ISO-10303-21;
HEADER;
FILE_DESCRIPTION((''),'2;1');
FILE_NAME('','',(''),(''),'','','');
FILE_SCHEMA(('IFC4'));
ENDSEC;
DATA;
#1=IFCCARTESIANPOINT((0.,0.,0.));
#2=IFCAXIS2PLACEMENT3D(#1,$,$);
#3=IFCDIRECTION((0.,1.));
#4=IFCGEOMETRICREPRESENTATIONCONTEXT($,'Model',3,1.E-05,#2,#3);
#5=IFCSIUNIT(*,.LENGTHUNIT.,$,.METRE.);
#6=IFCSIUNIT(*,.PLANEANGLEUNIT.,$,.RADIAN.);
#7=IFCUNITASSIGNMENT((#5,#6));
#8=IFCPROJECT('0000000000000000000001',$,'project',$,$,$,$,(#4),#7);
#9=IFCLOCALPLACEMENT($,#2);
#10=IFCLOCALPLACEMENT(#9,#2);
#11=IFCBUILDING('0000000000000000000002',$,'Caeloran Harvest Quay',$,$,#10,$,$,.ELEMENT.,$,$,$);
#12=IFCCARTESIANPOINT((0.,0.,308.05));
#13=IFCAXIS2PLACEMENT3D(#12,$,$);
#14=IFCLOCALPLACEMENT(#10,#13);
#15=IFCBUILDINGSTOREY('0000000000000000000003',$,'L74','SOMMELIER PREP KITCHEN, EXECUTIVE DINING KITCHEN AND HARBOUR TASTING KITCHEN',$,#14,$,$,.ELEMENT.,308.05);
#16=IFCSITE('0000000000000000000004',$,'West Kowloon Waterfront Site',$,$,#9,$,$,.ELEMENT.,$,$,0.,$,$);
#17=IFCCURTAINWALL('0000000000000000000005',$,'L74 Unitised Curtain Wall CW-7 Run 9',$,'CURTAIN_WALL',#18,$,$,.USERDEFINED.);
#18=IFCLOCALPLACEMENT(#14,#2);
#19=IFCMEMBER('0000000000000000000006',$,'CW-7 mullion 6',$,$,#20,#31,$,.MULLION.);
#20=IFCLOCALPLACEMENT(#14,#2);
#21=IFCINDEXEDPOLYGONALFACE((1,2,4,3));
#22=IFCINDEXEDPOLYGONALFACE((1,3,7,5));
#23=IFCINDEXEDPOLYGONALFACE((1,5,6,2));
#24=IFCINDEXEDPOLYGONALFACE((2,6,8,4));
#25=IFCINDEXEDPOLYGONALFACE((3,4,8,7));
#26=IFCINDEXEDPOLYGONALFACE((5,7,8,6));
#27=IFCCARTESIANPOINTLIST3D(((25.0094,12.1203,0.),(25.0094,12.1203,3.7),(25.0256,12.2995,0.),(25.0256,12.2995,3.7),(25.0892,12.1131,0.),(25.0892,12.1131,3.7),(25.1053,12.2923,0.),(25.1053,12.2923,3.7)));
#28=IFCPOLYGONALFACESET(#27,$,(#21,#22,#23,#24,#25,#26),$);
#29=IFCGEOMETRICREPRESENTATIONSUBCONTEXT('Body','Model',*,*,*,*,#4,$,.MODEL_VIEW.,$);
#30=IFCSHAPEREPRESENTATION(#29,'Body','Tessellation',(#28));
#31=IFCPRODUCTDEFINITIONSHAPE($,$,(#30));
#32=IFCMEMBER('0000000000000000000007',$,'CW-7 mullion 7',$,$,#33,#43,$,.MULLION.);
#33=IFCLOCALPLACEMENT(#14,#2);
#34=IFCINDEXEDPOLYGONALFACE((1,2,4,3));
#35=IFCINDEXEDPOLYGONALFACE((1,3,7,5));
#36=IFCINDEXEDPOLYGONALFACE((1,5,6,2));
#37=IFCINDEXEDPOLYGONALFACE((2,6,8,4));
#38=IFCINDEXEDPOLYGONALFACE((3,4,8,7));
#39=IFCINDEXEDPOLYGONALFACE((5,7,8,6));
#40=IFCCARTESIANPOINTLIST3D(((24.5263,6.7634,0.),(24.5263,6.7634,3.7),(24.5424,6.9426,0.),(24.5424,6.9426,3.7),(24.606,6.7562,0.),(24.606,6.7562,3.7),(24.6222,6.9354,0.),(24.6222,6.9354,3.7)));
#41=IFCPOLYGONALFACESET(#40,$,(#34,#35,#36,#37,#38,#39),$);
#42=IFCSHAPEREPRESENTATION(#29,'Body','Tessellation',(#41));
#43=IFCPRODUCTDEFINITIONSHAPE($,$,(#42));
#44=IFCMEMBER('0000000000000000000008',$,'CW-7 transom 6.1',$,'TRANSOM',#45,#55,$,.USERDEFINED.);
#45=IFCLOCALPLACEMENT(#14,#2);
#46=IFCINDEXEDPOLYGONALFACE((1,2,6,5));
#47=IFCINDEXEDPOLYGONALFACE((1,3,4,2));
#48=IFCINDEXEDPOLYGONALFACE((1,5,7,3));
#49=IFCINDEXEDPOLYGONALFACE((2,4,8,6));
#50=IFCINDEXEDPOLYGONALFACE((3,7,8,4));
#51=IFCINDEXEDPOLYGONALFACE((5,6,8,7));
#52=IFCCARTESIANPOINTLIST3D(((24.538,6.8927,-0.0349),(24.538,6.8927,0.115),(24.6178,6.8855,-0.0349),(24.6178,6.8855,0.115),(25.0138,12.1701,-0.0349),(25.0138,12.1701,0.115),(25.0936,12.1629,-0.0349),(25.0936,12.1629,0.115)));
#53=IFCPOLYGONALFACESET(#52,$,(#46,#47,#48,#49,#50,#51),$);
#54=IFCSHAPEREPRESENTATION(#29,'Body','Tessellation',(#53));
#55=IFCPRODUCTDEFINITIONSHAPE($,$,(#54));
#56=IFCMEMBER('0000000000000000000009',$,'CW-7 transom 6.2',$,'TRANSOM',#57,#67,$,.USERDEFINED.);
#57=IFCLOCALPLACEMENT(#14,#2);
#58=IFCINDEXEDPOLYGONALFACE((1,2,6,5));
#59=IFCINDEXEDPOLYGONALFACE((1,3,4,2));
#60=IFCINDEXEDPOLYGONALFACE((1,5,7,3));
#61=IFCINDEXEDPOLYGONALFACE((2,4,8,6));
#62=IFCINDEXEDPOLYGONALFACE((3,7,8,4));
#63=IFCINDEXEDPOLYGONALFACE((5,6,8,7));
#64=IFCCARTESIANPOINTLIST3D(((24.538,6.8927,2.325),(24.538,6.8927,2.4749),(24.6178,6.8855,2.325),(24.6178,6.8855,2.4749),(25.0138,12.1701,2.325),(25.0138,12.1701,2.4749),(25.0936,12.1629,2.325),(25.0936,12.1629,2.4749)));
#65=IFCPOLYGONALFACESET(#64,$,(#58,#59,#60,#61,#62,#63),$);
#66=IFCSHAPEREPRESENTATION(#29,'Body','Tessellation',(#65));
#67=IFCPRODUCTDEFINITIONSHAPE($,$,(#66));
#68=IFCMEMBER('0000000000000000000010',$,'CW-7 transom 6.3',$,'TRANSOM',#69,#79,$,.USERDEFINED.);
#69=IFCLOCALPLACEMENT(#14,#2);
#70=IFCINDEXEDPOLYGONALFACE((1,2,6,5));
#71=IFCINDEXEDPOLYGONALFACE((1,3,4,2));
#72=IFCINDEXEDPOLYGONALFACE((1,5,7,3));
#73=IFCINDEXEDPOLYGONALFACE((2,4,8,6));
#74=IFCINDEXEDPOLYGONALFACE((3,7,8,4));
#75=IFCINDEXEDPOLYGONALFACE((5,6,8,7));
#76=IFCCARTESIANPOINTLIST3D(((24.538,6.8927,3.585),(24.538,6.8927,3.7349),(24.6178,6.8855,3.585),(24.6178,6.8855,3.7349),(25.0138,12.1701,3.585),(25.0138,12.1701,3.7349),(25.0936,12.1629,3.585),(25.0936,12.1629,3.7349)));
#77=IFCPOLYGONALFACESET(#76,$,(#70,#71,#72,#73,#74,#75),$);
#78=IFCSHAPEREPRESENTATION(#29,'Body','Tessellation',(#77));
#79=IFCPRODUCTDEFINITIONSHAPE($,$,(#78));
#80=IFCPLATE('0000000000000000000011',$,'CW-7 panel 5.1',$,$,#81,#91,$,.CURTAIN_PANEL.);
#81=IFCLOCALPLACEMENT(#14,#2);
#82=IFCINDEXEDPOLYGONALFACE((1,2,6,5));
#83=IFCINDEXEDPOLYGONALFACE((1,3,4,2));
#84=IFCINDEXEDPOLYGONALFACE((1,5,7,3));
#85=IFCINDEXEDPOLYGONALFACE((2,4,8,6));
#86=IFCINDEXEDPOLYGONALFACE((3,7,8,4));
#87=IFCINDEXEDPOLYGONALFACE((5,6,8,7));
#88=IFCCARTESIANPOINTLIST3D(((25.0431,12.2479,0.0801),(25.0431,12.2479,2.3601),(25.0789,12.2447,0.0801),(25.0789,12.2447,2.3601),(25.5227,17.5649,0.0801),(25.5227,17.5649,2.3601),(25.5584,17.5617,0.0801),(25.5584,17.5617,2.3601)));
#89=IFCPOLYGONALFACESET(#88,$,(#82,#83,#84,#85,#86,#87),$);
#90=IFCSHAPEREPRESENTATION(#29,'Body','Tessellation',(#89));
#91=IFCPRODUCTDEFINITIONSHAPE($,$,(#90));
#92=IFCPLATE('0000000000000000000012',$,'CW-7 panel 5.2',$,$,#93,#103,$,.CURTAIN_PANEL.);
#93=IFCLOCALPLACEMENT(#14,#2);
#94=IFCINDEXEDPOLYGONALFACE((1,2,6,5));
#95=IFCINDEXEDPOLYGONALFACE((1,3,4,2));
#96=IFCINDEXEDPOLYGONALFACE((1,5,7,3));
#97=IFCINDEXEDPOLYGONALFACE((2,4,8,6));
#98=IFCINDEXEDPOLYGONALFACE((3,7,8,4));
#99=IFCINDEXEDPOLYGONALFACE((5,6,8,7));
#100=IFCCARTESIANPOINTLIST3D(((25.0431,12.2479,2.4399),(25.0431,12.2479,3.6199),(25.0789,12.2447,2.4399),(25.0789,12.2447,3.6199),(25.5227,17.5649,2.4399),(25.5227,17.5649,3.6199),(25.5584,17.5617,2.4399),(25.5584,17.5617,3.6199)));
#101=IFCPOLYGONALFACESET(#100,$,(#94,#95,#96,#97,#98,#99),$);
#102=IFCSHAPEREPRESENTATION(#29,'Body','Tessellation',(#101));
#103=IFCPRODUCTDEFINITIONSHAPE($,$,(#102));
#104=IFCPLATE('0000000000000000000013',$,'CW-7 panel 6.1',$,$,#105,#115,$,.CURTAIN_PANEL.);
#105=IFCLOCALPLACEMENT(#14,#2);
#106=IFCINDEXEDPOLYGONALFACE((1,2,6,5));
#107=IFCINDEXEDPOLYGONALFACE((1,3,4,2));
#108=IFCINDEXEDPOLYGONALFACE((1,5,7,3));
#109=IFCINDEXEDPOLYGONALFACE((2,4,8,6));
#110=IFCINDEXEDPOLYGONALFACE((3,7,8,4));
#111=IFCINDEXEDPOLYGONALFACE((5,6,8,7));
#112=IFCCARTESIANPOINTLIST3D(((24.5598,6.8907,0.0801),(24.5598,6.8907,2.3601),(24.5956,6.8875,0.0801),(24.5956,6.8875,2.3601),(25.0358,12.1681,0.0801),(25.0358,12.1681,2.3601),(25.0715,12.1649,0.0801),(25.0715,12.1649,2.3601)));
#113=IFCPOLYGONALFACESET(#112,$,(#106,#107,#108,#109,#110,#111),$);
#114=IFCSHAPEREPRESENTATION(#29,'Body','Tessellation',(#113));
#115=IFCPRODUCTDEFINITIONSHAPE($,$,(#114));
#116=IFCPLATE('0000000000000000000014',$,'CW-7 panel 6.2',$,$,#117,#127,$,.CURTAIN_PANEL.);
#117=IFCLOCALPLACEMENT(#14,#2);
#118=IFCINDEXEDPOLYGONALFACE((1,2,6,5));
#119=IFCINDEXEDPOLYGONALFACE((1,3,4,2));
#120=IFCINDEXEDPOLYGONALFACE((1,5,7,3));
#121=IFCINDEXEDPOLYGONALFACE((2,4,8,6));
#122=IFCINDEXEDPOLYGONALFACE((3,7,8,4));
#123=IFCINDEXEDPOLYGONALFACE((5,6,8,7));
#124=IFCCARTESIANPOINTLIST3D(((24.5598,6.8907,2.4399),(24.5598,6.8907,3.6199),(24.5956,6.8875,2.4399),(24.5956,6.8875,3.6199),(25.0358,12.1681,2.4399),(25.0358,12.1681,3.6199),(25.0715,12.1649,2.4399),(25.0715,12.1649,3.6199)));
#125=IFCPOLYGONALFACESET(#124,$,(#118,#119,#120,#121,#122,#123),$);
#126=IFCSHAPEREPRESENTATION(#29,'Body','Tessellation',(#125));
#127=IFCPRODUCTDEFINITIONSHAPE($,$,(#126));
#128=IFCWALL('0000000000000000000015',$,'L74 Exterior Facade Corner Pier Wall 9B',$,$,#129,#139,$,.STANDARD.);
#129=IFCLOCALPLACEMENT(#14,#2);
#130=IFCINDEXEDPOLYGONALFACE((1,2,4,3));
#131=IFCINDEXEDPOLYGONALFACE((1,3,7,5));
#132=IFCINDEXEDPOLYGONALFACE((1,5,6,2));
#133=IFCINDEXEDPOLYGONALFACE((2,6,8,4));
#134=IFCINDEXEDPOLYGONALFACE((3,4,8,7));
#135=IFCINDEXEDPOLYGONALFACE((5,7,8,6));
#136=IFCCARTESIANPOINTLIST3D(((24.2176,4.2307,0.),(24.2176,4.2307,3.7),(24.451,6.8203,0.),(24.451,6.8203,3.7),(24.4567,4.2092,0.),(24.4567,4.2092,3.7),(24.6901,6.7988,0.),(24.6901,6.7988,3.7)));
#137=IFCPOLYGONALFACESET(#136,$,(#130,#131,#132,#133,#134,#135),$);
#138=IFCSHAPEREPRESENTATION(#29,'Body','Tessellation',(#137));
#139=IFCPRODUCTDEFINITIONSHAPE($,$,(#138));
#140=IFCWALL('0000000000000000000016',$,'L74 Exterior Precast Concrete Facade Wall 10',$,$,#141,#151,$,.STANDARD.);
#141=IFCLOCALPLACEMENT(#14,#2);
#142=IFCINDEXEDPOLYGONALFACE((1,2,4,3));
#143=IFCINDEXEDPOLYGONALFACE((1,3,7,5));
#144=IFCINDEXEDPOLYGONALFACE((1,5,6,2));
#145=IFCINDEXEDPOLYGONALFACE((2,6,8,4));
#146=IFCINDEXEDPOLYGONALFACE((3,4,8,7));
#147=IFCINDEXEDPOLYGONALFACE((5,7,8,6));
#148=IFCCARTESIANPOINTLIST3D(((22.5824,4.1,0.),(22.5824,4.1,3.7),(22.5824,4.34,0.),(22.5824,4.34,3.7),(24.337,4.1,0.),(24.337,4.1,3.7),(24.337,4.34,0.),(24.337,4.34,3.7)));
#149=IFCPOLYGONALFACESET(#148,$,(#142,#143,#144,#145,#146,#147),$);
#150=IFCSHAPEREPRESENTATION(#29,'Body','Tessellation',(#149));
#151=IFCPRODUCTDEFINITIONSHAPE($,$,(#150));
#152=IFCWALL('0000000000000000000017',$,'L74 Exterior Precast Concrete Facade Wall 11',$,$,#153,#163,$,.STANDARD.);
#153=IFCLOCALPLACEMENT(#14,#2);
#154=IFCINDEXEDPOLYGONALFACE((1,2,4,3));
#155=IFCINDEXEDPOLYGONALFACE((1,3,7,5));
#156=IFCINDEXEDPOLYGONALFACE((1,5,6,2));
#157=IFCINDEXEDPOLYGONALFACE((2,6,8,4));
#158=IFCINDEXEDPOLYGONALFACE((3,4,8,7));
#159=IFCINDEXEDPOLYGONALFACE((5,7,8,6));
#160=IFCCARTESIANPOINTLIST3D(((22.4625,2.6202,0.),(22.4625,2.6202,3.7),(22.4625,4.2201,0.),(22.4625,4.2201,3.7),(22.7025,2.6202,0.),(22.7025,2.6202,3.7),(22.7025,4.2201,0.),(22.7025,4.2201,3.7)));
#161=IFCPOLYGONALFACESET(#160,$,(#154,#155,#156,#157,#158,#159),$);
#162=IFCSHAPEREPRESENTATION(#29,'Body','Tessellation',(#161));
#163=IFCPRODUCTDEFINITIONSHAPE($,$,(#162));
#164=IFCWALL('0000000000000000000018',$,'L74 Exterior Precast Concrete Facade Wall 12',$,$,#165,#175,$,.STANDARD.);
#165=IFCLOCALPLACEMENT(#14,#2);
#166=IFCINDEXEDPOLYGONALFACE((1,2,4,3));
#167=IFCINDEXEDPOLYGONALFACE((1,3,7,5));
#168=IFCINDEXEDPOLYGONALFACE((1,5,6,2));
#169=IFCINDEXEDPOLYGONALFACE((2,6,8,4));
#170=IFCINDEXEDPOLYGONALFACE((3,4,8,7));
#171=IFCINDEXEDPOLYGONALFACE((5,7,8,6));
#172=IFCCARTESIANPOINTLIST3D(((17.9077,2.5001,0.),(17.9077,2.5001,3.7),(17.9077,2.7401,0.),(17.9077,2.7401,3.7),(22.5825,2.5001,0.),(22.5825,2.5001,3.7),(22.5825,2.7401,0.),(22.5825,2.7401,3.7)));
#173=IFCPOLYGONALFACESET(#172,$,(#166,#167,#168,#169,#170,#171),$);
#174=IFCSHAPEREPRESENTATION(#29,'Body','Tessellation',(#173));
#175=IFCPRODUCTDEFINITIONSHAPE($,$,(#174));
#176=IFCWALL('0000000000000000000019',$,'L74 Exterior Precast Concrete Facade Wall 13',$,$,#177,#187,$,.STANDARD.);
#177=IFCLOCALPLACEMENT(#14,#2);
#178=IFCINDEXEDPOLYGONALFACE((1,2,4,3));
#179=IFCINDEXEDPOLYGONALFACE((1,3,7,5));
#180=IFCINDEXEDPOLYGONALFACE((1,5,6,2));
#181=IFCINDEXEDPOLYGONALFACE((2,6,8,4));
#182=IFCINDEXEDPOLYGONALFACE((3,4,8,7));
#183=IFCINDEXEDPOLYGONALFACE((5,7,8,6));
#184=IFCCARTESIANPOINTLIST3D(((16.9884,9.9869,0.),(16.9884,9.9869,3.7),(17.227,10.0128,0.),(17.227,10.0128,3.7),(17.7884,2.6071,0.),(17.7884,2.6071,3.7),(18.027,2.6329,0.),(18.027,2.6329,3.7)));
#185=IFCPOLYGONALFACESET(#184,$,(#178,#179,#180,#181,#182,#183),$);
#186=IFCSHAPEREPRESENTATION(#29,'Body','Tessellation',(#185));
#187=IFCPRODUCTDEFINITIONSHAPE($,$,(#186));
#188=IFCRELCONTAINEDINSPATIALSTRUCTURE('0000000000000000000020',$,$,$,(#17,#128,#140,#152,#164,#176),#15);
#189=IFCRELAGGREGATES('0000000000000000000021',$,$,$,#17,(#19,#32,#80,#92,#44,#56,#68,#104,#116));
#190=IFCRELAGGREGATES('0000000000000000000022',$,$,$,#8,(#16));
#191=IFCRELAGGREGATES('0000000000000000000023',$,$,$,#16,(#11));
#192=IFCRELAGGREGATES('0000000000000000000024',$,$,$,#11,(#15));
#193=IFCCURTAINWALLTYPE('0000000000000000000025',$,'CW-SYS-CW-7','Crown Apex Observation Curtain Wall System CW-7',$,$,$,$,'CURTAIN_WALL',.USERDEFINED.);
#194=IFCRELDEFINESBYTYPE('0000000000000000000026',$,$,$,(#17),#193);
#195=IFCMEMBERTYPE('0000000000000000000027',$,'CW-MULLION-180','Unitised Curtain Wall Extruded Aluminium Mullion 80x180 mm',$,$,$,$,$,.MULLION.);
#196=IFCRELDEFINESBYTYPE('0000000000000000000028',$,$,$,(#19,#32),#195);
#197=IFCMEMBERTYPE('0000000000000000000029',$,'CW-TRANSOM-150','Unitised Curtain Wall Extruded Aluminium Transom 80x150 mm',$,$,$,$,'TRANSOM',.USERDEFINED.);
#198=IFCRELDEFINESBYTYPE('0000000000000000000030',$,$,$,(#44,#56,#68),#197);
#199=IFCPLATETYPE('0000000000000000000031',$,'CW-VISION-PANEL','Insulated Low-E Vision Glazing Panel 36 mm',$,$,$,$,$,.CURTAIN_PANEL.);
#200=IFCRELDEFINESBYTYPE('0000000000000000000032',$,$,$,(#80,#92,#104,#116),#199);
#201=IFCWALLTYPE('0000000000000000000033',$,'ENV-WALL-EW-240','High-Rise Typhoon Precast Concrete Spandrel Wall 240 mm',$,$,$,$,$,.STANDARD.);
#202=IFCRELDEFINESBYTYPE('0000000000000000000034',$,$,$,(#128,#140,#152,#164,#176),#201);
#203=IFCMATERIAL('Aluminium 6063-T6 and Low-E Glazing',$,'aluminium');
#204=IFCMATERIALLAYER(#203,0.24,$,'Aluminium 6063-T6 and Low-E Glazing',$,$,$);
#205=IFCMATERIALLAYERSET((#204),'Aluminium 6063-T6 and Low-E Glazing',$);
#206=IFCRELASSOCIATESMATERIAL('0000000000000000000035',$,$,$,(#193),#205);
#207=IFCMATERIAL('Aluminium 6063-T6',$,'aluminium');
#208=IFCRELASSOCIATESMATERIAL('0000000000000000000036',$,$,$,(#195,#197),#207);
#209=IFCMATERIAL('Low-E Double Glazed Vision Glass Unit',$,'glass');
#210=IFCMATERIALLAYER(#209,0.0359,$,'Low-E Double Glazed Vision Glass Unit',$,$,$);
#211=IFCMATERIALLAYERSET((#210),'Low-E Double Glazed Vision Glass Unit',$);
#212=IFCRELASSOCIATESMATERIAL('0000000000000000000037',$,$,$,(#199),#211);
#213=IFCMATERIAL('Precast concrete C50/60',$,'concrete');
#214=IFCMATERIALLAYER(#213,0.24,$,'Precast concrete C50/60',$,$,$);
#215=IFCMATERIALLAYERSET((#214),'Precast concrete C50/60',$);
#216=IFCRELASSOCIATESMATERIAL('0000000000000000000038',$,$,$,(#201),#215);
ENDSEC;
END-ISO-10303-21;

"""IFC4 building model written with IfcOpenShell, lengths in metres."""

from ifc_helpers import new_model, si_unit, direction, frame, frame_2d, origin, origin_2d, place, context, subcontext, project, spatial, rectangle, extrude, material, layer, layer_set, material_profile, profile_set, type_object, element, aggregate, save


model = new_model("IFC4")

# Units and contexts
model_context = context("Model", 3, precision=1e-05, world=origin(), true_north=direction((0.0, 1.0)))
body_context = subcontext(model_context, "Body", "Model", "MODEL_VIEW")
ifc_project = project(units=[si_unit("LENGTHUNIT", "METRE"), si_unit("PLANEANGLEUNIT", "RADIAN")], contexts=[model_context])

# Site, building, storey
site_placement = place(None, origin())
site = spatial("IfcSite", under=ifc_project, at=site_placement, Name="West Kowloon Waterfront Site", CompositionType="ELEMENT", RefElevation=0.0)
building_placement = place(site_placement, origin())
building = spatial("IfcBuilding", under=site, at=building_placement, Name="Caeloran Harvest Quay", CompositionType="ELEMENT")
storey_placement = place(building_placement, frame((0.0, 0.0, 308.05)))
storey = spatial("IfcBuildingStorey", under=building, at=storey_placement, Name="L74", Description="SOMMELIER PREP KITCHEN, EXECUTIVE DINING KITCHEN AND HARBOUR TASTING KITCHEN", CompositionType="ELEMENT", Elevation=308.05)

# Curtain wall, members, plates
ifc_material_1 = material(Name="Aluminium 6063-T6 and Low-E Glazing", Category="aluminium")
ifc_layer_1 = layer(ifc_material_1, 0.24, Name="Aluminium 6063-T6 and Low-E Glazing")
ifc_layer_set_1 = layer_set([ifc_layer_1], Name="Aluminium 6063-T6 and Low-E Glazing")
curtain_wall_type = type_object("IfcCurtainWallType", Name="CW-SYS-CW-7", Description="Crown Apex Observation Curtain Wall System CW-7", ElementType="CURTAIN_WALL", PredefinedType="USERDEFINED", material=ifc_layer_set_1)
curtain_wall_placement = place(storey_placement, origin())
curtain_wall = element("IfcCurtainWall", 1, at=curtain_wall_placement, inside=storey, type_object=curtain_wall_type, Name="L74 Unitised Curtain Wall CW-7 Run 9", ObjectType="CURTAIN_WALL", PredefinedType="USERDEFINED")
ifc_material_2 = material(Name="Aluminium 6063-T6", Category="aluminium")
ifc_material_profile_1 = material_profile(ifc_material_2, rectangle(XDim=0.0801, YDim=0.1799, at=origin_2d()), Name="CW-MULLION-180")
ifc_profile_set_1 = profile_set([ifc_material_profile_1], Name="Aluminium 6063-T6")
member_type_1 = type_object("IfcMemberType", Name="CW-MULLION-180", Description="Unitised Curtain Wall Extruded Aluminium Mullion 80x180 mm", PredefinedType="MULLION", material=ifc_profile_set_1)
member_1_placement = place(storey_placement, frame((25.0574, 12.2063, 0.0), z_axis=(0.0, 0.0, 1.0), x_axis=(0.995958, -0.089821, 0.0)))
member_1 = element("IfcMember", 2, at=member_1_placement, type_object=member_type_1, Name="CW-7 mullion 6", PredefinedType="MULLION", context=body_context, shape_type="SweptSolid", body=[
    extrude(rectangle(XDim=0.0801, YDim=0.1799, at=origin_2d()), origin(), (0.0, 0.0, 1.0), 3.7),
])
member_2_placement = place(storey_placement, frame((24.5742, 6.8494, 0.0), z_axis=(0.0, 0.0, 1.0), x_axis=(0.995958, -0.089821, 0.0)))
member_2 = element("IfcMember", 3, at=member_2_placement, type_object=member_type_1, Name="CW-7 mullion 7", PredefinedType="MULLION", context=body_context, shape_type="SweptSolid", body=[
    extrude(rectangle(XDim=0.0801, YDim=0.1799, at=origin_2d()), origin(), (0.0, 0.0, 1.0), 3.7),
])
ifc_material_profile_2 = material_profile(ifc_material_2, rectangle(XDim=0.0801, YDim=0.1499, at=origin_2d()), Name="CW-TRANSOM-150")
ifc_profile_set_2 = profile_set([ifc_material_profile_2], Name="Aluminium 6063-T6")
member_type_2 = type_object("IfcMemberType", Name="CW-TRANSOM-150", Description="Unitised Curtain Wall Extruded Aluminium Transom 80x150 mm", ElementType="TRANSOM", PredefinedType="USERDEFINED", material=ifc_profile_set_2)
member_3_placement = place(storey_placement, frame((25.0537, 12.1665, 0.04), z_axis=(-0.0898, -0.99596, 0.0), x_axis=(0.99596, -0.0898, 0.0)))
member_3 = element("IfcMember", 4, at=member_3_placement, type_object=member_type_2, Name="CW-7 transom 6.1", ObjectType="TRANSOM", PredefinedType="USERDEFINED", context=body_context, shape_type="SweptSolid", body=[
    extrude(rectangle(XDim=0.0801, YDim=0.1499, at=origin_2d()), origin(), (0.0, 0.0, 1.0), 5.2988),
])
member_4_placement = place(storey_placement, frame((25.0537, 12.1665, 2.3999), z_axis=(-0.0898, -0.99596, 0.0), x_axis=(0.99596, -0.0898, 0.0)))
member_4 = element("IfcMember", 5, at=member_4_placement, type_object=member_type_2, Name="CW-7 transom 6.2", ObjectType="TRANSOM", PredefinedType="USERDEFINED", context=body_context, shape_type="SweptSolid", body=[
    extrude(rectangle(XDim=0.0801, YDim=0.1499, at=origin_2d()), origin(), (0.0, 0.0, 1.0), 5.2988),
])
member_5_placement = place(storey_placement, frame((25.0537, 12.1665, 3.6599), z_axis=(-0.0898, -0.99596, 0.0), x_axis=(0.99596, -0.0898, 0.0)))
member_5 = element("IfcMember", 6, at=member_5_placement, type_object=member_type_2, Name="CW-7 transom 6.3", ObjectType="TRANSOM", PredefinedType="USERDEFINED", context=body_context, shape_type="SweptSolid", body=[
    extrude(rectangle(XDim=0.0801, YDim=0.1499, at=origin_2d()), origin(), (0.0, 0.0, 1.0), 5.2988),
])
ifc_material_3 = material(Name="Low-E Double Glazed Vision Glass Unit", Category="glass")
ifc_layer_2 = layer(ifc_material_3, 0.0359, Name="Low-E Double Glazed Vision Glass Unit")
ifc_layer_set_2 = layer_set([ifc_layer_2], Name="Low-E Double Glazed Vision Glass Unit")
plate_type = type_object("IfcPlateType", Name="CW-VISION-PANEL", Description="Insulated Low-E Vision Glazing Panel 36 mm", PredefinedType="CURTAIN_PANEL", material=ifc_layer_set_2)
plate_1_placement = place(storey_placement, frame((25.3008, 14.9048, 0.0801), z_axis=(0.0, 0.0, 1.0), x_axis=(-0.089821, -0.995958, 0.0)))
plate_1 = element("IfcPlate", 7, at=plate_1_placement, type_object=plate_type, Name="CW-7 panel 5.1", PredefinedType="CURTAIN_PANEL", context=body_context, shape_type="SweptSolid", body=[
    extrude(rectangle(XDim=5.3386, YDim=0.0359, at=origin_2d()), origin(), (0.0, 0.0, 1.0), 2.28),
])
plate_2_placement = place(storey_placement, frame((25.3008, 14.9048, 2.4399), z_axis=(0.0, 0.0, 1.0), x_axis=(-0.089821, -0.995958, 0.0)))
plate_2 = element("IfcPlate", 8, at=plate_2_placement, type_object=plate_type, Name="CW-7 panel 5.2", PredefinedType="CURTAIN_PANEL", context=body_context, shape_type="SweptSolid", body=[
    extrude(rectangle(XDim=5.3386, YDim=0.0359, at=origin_2d()), origin(), (0.0, 0.0, 1.0), 1.1799),
])
plate_3_placement = place(storey_placement, frame((24.8157, 9.5278, 0.0801), z_axis=(0.0, 0.0, 1.0), x_axis=(-0.089821, -0.995958, 0.0)))
plate_3 = element("IfcPlate", 9, at=plate_3_placement, type_object=plate_type, Name="CW-7 panel 6.1", PredefinedType="CURTAIN_PANEL", context=body_context, shape_type="SweptSolid", body=[
    extrude(rectangle(XDim=5.2988, YDim=0.0359, at=origin_2d()), origin(), (0.0, 0.0, 1.0), 2.28),
])
plate_4_placement = place(storey_placement, frame((24.8157, 9.5278, 2.4399), z_axis=(0.0, 0.0, 1.0), x_axis=(-0.089821, -0.995958, 0.0)))
plate_4 = element("IfcPlate", 10, at=plate_4_placement, type_object=plate_type, Name="CW-7 panel 6.2", PredefinedType="CURTAIN_PANEL", context=body_context, shape_type="SweptSolid", body=[
    extrude(rectangle(XDim=5.2988, YDim=0.0359, at=origin_2d()), origin(), (0.0, 0.0, 1.0), 1.1799),
])
aggregate(curtain_wall, [member_1, member_2, plate_1, plate_2, member_3, member_4, member_5, plate_3, plate_4])

# Walls
ifc_material_4 = material(Name="Precast concrete C50/60", Category="concrete")
ifc_layer_3 = layer(ifc_material_4, 0.24, Name="Precast concrete C50/60")
ifc_layer_set_3 = layer_set([ifc_layer_3], Name="Precast concrete C50/60")
wall_type_1 = type_object("IfcWallType", Name="ENV-WALL-EW-240", Description="High-Rise Typhoon Precast Concrete Spandrel Wall 240 mm", PredefinedType="STANDARD", material=ifc_layer_set_3)
wall_1_placement = place(storey_placement, frame((24.5706, 6.8096, 0.0), z_axis=(0.0, 0.0, 1.0), x_axis=(-0.089765, -0.995963, 0.0)))
element("IfcWall", 11, at=wall_1_placement, inside=storey, type_object=wall_type_1, Name="L74 Exterior Facade Corner Pier Wall 9B", PredefinedType="STANDARD", context=body_context, shape_type="SweptSolid", body=[
    extrude(rectangle(XDim=2.6001, YDim=0.24, at=frame_2d((1.3, 0.0))), origin(), (0.0, 0.0, 1.0), 3.7),
])
wall_2_placement = place(storey_placement, frame((24.3372, 4.22, 0.0), z_axis=(0.0, 0.0, 1.0), x_axis=(-1.0, 0.0, 0.0)))
element("IfcWall", 12, at=wall_2_placement, inside=storey, type_object=wall_type_1, Name="L74 Exterior Precast Concrete Facade Wall 10", PredefinedType="STANDARD", context=body_context, shape_type="SweptSolid", body=[
    extrude(rectangle(XDim=1.7546, YDim=0.24, at=frame_2d((0.8774, 0.0))), origin(), (0.0, 0.0, 1.0), 3.7),
])
wall_3_placement = place(storey_placement, frame((22.5825, 4.22, 0.0), z_axis=(0.0, 0.0, 1.0), x_axis=(0.0, -1.0, 0.0)))
element("IfcWall", 13, at=wall_3_placement, inside=storey, type_object=wall_type_1, Name="L74 Exterior Precast Concrete Facade Wall 11", PredefinedType="STANDARD", context=body_context, shape_type="SweptSolid", body=[
    extrude(rectangle(XDim=1.5999, YDim=0.24, at=frame_2d((0.7998, 0.0))), origin(), (0.0, 0.0, 1.0), 3.7),
])
wall_4_placement = place(storey_placement, frame((22.5825, 2.6201, 0.0), z_axis=(0.0, 0.0, 1.0), x_axis=(-1.0, 0.0, 0.0)))
element("IfcWall", 14, at=wall_4_placement, inside=storey, type_object=wall_type_1, Name="L74 Exterior Precast Concrete Facade Wall 12", PredefinedType="STANDARD", context=body_context, shape_type="SweptSolid", body=[
    extrude(rectangle(XDim=4.6748, YDim=0.24, at=frame_2d((2.3374, 0.0))), origin(), (0.0, 0.0, 1.0), 3.7),
])
wall_5_placement = place(storey_placement, frame((17.9077, 2.6201, 0.0), z_axis=(0.0, 0.0, 1.0), x_axis=(-0.107778, 0.994175, 0.0)))
element("IfcWall", 15, at=wall_5_placement, inside=storey, type_object=wall_type_1, Name="L74 Exterior Precast Concrete Facade Wall 13", PredefinedType="STANDARD", context=body_context, shape_type="SweptSolid", body=[
    extrude(rectangle(XDim=7.4231, YDim=0.24, at=frame_2d((3.7114, 0.0))), origin(), (0.0, 0.0, 1.0), 3.7),
])

save(model, "model.ifc")
